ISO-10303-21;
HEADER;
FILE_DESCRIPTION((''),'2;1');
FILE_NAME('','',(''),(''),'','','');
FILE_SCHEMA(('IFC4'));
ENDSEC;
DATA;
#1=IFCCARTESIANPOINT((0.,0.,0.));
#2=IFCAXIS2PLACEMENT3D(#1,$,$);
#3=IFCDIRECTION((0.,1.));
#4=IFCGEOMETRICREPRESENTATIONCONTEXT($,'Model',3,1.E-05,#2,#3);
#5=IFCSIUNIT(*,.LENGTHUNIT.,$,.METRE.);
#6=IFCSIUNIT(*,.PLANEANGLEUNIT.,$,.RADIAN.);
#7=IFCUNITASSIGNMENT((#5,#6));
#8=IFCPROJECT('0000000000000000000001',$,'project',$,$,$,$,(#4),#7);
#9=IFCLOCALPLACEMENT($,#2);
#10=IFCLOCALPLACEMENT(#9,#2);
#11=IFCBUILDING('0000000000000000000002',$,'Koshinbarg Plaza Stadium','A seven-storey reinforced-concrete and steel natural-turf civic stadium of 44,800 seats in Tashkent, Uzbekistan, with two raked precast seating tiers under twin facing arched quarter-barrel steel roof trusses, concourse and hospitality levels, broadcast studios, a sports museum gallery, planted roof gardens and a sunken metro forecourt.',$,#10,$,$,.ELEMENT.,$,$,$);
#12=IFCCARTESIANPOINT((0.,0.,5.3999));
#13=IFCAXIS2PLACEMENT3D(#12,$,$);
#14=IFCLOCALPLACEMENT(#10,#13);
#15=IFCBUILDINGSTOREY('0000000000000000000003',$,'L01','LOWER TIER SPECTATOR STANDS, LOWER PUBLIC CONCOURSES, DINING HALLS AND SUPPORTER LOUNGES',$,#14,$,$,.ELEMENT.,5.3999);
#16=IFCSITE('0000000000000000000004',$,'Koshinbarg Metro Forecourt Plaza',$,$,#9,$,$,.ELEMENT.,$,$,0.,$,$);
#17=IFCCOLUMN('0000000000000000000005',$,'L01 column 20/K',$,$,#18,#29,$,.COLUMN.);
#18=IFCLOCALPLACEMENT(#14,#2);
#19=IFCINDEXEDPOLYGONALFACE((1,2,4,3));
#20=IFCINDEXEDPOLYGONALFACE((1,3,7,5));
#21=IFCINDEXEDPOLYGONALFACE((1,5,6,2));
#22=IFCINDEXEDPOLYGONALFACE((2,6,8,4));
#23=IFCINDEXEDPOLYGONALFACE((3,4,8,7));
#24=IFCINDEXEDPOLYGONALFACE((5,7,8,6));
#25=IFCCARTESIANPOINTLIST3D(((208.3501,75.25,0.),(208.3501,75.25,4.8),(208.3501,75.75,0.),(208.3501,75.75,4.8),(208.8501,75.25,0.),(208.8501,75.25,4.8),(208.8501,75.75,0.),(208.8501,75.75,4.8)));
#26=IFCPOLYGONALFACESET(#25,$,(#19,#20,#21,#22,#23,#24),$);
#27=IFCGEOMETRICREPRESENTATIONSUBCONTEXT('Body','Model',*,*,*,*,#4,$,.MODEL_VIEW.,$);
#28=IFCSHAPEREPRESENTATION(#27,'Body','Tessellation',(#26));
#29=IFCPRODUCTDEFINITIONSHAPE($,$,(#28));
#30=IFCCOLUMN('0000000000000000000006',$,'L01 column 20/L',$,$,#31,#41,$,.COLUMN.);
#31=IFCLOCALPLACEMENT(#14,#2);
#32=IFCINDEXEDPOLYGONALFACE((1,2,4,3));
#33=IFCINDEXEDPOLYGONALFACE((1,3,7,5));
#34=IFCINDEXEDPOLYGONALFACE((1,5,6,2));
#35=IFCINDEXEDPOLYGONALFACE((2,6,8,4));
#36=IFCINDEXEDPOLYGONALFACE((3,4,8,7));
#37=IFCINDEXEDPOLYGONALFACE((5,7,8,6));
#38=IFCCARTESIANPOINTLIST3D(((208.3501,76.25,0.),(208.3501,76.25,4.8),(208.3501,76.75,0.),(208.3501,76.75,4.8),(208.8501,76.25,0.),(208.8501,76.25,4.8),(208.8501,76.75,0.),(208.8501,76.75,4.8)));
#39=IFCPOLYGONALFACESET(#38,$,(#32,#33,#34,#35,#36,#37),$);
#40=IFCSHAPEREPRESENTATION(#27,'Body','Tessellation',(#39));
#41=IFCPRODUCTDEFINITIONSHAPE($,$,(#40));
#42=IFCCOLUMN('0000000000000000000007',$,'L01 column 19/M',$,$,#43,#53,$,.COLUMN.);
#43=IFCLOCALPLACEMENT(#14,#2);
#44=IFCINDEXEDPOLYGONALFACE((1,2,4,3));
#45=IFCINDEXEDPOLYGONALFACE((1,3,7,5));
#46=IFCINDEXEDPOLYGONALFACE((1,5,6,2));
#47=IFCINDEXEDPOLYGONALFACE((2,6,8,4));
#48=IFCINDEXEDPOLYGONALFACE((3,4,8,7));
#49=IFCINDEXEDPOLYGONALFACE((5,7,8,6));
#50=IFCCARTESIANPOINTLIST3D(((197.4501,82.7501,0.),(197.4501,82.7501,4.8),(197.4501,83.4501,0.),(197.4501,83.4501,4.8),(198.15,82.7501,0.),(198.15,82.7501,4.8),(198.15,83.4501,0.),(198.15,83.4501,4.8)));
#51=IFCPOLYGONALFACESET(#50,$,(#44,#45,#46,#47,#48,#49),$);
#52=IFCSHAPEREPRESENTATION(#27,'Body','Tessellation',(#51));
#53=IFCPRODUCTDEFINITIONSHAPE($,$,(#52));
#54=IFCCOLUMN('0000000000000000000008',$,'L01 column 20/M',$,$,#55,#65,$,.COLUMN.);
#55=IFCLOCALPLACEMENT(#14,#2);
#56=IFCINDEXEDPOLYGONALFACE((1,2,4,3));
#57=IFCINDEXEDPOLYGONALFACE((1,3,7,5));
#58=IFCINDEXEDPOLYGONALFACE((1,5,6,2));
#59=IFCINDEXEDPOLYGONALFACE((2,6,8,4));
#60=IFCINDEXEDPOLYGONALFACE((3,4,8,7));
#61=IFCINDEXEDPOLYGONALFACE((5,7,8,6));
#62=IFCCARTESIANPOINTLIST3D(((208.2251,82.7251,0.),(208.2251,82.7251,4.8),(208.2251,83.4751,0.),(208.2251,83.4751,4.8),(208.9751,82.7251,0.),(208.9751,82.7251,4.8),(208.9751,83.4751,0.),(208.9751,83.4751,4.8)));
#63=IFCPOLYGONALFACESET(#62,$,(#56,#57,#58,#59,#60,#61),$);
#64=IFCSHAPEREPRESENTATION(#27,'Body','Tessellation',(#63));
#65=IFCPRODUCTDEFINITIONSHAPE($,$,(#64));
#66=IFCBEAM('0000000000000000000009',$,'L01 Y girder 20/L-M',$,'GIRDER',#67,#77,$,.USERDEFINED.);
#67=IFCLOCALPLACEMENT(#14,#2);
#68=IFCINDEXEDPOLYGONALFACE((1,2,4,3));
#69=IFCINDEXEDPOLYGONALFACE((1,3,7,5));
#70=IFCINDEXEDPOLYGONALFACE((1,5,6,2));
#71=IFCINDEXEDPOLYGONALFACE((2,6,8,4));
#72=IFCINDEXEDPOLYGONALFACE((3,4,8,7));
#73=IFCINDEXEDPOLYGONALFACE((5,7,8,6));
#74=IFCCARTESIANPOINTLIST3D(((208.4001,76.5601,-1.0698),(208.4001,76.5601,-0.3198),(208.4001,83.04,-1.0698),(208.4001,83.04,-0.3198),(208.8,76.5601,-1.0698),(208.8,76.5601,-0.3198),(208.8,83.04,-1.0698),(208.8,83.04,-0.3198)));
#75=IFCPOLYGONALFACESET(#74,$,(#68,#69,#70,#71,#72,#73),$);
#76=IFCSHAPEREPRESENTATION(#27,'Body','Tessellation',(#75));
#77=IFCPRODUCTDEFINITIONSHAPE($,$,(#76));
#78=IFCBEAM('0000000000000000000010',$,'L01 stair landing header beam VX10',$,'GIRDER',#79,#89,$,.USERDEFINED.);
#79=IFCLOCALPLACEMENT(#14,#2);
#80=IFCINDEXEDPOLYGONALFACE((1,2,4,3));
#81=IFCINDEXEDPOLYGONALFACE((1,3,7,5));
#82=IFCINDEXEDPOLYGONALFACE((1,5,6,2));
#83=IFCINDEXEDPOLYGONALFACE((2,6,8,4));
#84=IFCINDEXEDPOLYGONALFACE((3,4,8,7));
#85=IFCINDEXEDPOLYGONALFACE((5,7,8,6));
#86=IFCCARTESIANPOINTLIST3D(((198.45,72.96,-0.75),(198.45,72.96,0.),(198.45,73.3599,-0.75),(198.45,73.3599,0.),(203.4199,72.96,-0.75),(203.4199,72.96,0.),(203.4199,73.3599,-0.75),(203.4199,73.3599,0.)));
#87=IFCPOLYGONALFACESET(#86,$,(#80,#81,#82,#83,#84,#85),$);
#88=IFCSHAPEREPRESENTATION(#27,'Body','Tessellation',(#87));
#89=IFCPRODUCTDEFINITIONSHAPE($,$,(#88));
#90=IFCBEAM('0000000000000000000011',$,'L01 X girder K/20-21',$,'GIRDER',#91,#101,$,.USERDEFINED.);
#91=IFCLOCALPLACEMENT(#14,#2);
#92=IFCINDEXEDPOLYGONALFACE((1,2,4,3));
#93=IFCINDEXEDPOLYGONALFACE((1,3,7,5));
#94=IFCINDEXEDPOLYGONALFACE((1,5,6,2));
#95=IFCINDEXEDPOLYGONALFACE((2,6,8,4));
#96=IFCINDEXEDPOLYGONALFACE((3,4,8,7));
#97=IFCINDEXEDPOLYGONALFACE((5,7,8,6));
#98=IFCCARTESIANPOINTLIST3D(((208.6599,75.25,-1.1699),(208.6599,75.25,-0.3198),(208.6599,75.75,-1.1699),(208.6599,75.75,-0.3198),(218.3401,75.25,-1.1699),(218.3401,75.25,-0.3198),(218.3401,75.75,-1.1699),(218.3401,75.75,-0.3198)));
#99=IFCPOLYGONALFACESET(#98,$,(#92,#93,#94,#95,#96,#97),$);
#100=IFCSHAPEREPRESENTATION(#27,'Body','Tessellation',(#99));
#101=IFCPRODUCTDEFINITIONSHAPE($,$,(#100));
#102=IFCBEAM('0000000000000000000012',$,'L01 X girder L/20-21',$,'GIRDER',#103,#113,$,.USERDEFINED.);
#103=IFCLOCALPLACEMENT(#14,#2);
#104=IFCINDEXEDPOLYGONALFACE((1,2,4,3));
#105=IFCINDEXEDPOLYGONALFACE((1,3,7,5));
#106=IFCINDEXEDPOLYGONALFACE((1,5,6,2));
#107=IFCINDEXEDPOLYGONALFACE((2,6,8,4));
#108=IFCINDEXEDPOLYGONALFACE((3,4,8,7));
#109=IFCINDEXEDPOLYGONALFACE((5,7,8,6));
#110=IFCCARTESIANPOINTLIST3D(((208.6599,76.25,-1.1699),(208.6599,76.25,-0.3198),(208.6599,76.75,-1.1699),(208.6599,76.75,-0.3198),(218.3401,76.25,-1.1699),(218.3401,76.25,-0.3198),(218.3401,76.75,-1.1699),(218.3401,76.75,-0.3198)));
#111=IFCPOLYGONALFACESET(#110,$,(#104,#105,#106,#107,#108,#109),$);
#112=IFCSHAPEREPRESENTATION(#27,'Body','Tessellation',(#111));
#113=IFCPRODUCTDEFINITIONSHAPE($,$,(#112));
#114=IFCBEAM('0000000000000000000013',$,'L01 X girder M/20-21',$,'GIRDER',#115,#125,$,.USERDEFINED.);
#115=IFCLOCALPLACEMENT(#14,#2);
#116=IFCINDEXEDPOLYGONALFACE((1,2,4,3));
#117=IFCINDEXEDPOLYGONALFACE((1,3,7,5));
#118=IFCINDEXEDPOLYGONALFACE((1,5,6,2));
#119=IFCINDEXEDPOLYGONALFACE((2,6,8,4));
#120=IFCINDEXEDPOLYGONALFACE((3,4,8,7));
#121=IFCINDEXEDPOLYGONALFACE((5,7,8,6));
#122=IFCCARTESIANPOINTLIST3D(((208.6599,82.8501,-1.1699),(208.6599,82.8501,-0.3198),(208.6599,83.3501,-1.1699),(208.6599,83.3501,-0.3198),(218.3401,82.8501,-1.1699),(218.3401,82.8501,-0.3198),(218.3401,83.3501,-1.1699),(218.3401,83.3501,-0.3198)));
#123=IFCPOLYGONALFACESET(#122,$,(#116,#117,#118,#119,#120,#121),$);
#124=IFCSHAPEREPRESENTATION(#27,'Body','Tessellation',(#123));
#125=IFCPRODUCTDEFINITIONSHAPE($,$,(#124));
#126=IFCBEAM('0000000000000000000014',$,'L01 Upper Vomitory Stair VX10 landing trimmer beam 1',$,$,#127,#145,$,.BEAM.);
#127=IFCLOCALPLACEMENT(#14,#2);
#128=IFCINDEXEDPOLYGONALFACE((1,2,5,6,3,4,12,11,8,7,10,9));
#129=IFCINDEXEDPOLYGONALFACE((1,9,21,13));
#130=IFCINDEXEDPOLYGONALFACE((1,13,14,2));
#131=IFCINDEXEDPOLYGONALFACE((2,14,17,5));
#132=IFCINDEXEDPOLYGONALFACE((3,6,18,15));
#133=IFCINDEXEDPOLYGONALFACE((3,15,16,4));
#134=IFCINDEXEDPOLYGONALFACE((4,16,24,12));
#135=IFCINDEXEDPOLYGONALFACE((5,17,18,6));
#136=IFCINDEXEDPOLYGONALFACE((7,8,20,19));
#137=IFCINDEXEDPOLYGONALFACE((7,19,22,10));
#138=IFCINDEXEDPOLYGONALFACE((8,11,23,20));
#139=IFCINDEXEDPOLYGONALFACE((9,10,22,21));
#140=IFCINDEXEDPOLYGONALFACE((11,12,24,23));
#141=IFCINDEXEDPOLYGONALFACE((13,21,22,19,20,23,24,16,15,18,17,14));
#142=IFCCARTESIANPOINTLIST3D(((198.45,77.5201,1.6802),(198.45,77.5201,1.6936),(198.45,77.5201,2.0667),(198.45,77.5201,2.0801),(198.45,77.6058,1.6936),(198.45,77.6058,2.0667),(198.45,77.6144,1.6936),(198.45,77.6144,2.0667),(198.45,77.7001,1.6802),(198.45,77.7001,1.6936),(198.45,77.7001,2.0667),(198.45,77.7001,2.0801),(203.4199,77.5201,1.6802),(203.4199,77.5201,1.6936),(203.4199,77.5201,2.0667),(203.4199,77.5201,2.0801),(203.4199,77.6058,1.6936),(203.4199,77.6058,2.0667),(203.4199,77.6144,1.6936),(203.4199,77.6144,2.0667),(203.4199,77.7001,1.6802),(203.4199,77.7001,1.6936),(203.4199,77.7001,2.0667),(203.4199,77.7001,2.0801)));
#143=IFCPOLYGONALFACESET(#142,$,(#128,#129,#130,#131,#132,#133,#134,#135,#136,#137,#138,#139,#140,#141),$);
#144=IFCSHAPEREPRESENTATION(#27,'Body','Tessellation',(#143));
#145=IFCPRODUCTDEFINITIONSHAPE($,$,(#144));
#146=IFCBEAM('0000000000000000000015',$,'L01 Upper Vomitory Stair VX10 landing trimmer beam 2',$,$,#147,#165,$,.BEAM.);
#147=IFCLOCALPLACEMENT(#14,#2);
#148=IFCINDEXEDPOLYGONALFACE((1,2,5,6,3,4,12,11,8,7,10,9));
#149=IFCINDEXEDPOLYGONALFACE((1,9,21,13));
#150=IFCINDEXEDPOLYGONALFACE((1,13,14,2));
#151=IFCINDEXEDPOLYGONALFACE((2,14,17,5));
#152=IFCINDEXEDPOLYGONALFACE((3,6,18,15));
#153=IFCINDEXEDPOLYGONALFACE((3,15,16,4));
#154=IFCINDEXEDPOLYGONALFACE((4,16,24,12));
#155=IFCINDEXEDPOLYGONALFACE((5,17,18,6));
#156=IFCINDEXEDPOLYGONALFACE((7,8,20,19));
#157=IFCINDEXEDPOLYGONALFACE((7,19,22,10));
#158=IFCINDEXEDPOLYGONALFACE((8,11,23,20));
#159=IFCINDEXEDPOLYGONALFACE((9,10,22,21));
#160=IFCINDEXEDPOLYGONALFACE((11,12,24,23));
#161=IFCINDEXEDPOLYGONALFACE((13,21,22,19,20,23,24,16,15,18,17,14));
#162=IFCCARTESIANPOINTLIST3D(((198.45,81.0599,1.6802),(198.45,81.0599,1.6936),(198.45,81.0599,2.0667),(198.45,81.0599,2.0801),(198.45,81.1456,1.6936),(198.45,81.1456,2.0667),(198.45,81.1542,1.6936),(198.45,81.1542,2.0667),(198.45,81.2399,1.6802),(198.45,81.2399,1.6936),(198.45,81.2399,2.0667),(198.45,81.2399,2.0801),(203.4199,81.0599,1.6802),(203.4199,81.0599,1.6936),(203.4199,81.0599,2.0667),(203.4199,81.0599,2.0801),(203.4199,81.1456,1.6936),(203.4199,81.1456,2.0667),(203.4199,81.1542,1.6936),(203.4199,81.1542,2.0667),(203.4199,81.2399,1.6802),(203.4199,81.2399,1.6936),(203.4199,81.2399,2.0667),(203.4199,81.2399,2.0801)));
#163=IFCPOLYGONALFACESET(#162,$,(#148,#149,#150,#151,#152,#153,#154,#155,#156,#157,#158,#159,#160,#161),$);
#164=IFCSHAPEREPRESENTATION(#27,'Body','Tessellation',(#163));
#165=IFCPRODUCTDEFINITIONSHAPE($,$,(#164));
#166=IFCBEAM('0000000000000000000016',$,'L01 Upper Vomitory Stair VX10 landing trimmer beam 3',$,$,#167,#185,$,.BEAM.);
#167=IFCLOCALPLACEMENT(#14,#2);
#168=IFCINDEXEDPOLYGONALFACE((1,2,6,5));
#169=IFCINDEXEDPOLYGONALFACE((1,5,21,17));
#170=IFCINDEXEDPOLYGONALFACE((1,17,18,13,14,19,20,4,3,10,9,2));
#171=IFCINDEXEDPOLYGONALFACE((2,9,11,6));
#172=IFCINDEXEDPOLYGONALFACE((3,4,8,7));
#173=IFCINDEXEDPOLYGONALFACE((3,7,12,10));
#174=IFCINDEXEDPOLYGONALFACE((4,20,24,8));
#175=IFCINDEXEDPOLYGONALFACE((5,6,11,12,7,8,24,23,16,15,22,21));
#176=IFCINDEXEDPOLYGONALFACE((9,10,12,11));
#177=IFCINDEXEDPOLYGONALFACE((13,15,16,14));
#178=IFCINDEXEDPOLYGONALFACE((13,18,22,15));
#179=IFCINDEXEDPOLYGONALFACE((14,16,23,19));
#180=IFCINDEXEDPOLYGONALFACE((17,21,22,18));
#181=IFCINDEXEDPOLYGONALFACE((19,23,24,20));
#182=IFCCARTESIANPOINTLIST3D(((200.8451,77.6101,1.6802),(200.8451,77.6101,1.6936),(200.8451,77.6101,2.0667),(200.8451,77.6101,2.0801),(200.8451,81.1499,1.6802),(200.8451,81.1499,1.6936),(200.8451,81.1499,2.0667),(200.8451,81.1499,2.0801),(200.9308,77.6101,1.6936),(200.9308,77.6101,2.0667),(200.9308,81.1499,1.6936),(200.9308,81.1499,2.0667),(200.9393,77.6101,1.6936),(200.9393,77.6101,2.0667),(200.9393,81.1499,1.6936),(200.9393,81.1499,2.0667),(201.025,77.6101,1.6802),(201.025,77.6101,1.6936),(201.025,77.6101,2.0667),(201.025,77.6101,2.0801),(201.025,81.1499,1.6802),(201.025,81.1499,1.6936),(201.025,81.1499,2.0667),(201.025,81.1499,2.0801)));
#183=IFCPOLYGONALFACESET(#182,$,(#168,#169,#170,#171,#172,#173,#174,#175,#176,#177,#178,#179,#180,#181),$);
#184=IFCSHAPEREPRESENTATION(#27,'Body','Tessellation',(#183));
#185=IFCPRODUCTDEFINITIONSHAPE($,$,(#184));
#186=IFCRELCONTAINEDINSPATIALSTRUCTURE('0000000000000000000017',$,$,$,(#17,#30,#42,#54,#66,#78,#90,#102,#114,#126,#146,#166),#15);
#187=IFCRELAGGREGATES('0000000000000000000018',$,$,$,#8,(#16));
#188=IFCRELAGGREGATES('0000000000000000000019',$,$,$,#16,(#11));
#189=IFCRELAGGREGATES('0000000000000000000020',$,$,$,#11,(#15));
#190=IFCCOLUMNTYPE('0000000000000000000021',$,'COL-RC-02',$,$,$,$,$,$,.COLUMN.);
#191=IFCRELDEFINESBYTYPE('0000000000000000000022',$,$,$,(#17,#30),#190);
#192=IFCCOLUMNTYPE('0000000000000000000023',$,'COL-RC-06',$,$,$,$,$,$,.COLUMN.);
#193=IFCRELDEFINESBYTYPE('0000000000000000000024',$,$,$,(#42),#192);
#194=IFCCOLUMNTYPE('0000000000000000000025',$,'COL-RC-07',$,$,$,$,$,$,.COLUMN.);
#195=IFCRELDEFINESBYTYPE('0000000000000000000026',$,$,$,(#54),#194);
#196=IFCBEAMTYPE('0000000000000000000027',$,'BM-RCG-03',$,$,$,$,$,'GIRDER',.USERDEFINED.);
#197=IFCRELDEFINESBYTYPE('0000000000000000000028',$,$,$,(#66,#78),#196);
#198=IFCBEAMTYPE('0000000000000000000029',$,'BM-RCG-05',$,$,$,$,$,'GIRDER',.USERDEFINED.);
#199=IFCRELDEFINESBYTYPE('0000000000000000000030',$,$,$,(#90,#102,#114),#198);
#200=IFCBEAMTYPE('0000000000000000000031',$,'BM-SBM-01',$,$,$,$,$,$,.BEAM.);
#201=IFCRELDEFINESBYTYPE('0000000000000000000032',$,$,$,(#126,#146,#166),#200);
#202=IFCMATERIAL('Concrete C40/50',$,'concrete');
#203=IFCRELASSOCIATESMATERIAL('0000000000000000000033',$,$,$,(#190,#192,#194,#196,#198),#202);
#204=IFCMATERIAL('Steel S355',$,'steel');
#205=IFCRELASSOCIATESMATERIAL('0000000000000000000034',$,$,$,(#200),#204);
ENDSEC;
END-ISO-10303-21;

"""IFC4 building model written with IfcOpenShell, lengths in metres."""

from ifc_helpers import new_model, si_unit, direction, frame, origin, origin_2d, place, context, subcontext, project, spatial, rectangle, i_section, extrude, material, material_profile, profile_set, type_object, element, save


model = new_model("IFC4")

# Units and contexts
model_context = context("Model", 3, precision=1e-05, world=origin(), true_north=direction((0.0, 1.0)))
body_context = subcontext(model_context, "Body", "Model", "MODEL_VIEW")
ifc_project = project(units=[si_unit("LENGTHUNIT", "METRE"), si_unit("PLANEANGLEUNIT", "RADIAN")], contexts=[model_context])

# Site, building, storey
site_placement = place(None, origin())
site = spatial("IfcSite", under=ifc_project, at=site_placement, Name="Koshinbarg Metro Forecourt Plaza", CompositionType="ELEMENT", RefElevation=0.0)
building_placement = place(site_placement, origin())
building = spatial("IfcBuilding", under=site, at=building_placement, Name="Koshinbarg Plaza Stadium", Description="A seven-storey reinforced-concrete and steel natural-turf civic stadium of 44,800 seats in Tashkent, Uzbekistan, with two raked precast seating tiers under twin facing arched quarter-barrel steel roof trusses, concourse and hospitality levels, broadcast studios, a sports museum gallery, planted roof gardens and a sunken metro forecourt.", CompositionType="ELEMENT")
storey_placement = place(building_placement, frame((0.0, 0.0, 5.3999)))
storey = spatial("IfcBuildingStorey", under=building, at=storey_placement, Name="L01", Description="LOWER TIER SPECTATOR STANDS, LOWER PUBLIC CONCOURSES, DINING HALLS AND SUPPORTER LOUNGES", CompositionType="ELEMENT", Elevation=5.3999)

# Columns
ifc_material_1 = material(Name="Concrete C40/50", Category="concrete")
ifc_material_profile_1 = material_profile(ifc_material_1, rectangle(XDim=0.5, YDim=0.5, at=origin_2d()), Name="RC 500x500")
ifc_profile_set_1 = profile_set([ifc_material_profile_1], Name="Concrete C40/50")
column_type_1 = type_object("IfcColumnType", Name="COL-RC-02", PredefinedType="COLUMN", material=ifc_profile_set_1)
for number, where, z_axis, x_axis, name in (
    (1, (208.6001, 75.5, 0.0), (0.0, 0.0, 1.0), (1.0, 0.0, 0.0), "L01 column 20/K"),
    (2, (208.6001, 76.5, 0.0), (0.0, 0.0, 1.0), (1.0, 0.0, 0.0), "L01 column 20/L"),
):
    element("IfcColumn", number, at=place(storey_placement, frame(where, z_axis=z_axis, x_axis=x_axis)), inside=storey, type_object=column_type_1, Name=name, PredefinedType="COLUMN", context=body_context, shape_type="SweptSolid", body=[
        extrude(rectangle(XDim=0.5, YDim=0.5, at=origin_2d()), origin(), (0.0, 0.0, 1.0), 4.8),
    ])
ifc_material_profile_2 = material_profile(ifc_material_1, rectangle(XDim=0.7, YDim=0.7, at=origin_2d()), Name="RC 700x700")
ifc_profile_set_2 = profile_set([ifc_material_profile_2], Name="Concrete C40/50")
column_type_2 = type_object("IfcColumnType", Name="COL-RC-06", PredefinedType="COLUMN", material=ifc_profile_set_2)
column_1_placement = place(storey_placement, frame((197.8, 83.1001, 0.0), z_axis=(0.0, 0.0, 1.0), x_axis=(1.0, 0.0, 0.0)))
element("IfcColumn", 3, at=column_1_placement, inside=storey, type_object=column_type_2, Name="L01 column 19/M", PredefinedType="COLUMN", context=body_context, shape_type="SweptSolid", body=[
    extrude(rectangle(XDim=0.7, YDim=0.7, at=origin_2d()), origin(), (0.0, 0.0, 1.0), 4.8),
])
ifc_material_profile_3 = material_profile(ifc_material_1, rectangle(XDim=0.75, YDim=0.75, at=origin_2d()), Name="RC 750x750")
ifc_profile_set_3 = profile_set([ifc_material_profile_3], Name="Concrete C40/50")
column_type_3 = type_object("IfcColumnType", Name="COL-RC-07", PredefinedType="COLUMN", material=ifc_profile_set_3)
column_2_placement = place(storey_placement, frame((208.6001, 83.1001, 0.0), z_axis=(0.0, 0.0, 1.0), x_axis=(1.0, 0.0, 0.0)))
element("IfcColumn", 4, at=column_2_placement, inside=storey, type_object=column_type_3, Name="L01 column 20/M", PredefinedType="COLUMN", context=body_context, shape_type="SweptSolid", body=[
    extrude(rectangle(XDim=0.75, YDim=0.75, at=origin_2d()), origin(), (0.0, 0.0, 1.0), 4.8),
])

# Beams
ifc_material_profile_4 = material_profile(ifc_material_1, rectangle(XDim=0.3999, YDim=0.75, at=origin_2d()), Name="RC 400x750")
ifc_profile_set_4 = profile_set([ifc_material_profile_4], Name="Concrete C40/50")
beam_type_1 = type_object("IfcBeamType", Name="BM-RCG-03", ElementType="GIRDER", PredefinedType="USERDEFINED", material=ifc_profile_set_4)
beam_1_placement = place(storey_placement, frame((208.6001, 76.5601, -0.6948), z_axis=(0.0, 1.0, 0.0), x_axis=(-1.0, 0.0, 0.0)))
element("IfcBeam", 5, at=beam_1_placement, inside=storey, type_object=beam_type_1, Name="L01 Y girder 20/L-M", ObjectType="GIRDER", PredefinedType="USERDEFINED", context=body_context, shape_type="SweptSolid", body=[
    extrude(rectangle(XDim=0.3999, YDim=0.75, at=origin_2d()), origin(), (0.0, 0.0, 1.0), 6.48),
])
beam_2_placement = place(storey_placement, frame((198.45, 73.1599, -0.375), z_axis=(1.0, 0.0, 0.0), x_axis=(0.0, 1.0, 0.0)))
element("IfcBeam", 6, at=beam_2_placement, inside=storey, type_object=beam_type_1, Name="L01 stair landing header beam VX10", ObjectType="GIRDER", PredefinedType="USERDEFINED", context=body_context, shape_type="SweptSolid", body=[
    extrude(rectangle(XDim=0.3999, YDim=0.75, at=origin_2d()), origin(), (0.0, 0.0, 1.0), 4.97),
])
ifc_material_profile_5 = material_profile(ifc_material_1, rectangle(XDim=0.5, YDim=0.8501, at=origin_2d()), Name="RC 500x850")
ifc_profile_set_5 = profile_set([ifc_material_profile_5], Name="Concrete C40/50")
beam_type_2 = type_object("IfcBeamType", Name="BM-RCG-05", ElementType="GIRDER", PredefinedType="USERDEFINED", material=ifc_profile_set_5)
for number, where, z_axis, x_axis, name in (
    (7, (208.6599, 75.5, -0.7449), (1.0, 0.0, 0.0), (0.0, 1.0, 0.0), "L01 X girder K/20-21"),
    (8, (208.6599, 76.5, -0.7449), (1.0, 0.0, 0.0), (0.0, 1.0, 0.0), "L01 X girder L/20-21"),
    (9, (208.6599, 83.1001, -0.7449), (1.0, 0.0, 0.0), (0.0, 1.0, 0.0), "L01 X girder M/20-21"),
):
    element("IfcBeam", number, at=place(storey_placement, frame(where, z_axis=z_axis, x_axis=x_axis)), inside=storey, type_object=beam_type_2, Name=name, ObjectType="GIRDER", PredefinedType="USERDEFINED", context=body_context, shape_type="SweptSolid", body=[
        extrude(rectangle(XDim=0.5, YDim=0.8501, at=origin_2d()), origin(), (0.0, 0.0, 1.0), 9.6802),
    ])
ifc_material_2 = material(Name="Steel S355", Category="steel")
ifc_material_profile_6 = material_profile(ifc_material_2, i_section(OverallWidth=0.1799, OverallDepth=0.3999, WebThickness=0.0085, FlangeThickness=0.0134, at=origin_2d()), Name="IPE 400")
ifc_profile_set_6 = profile_set([ifc_material_profile_6], Name="Steel S355")
beam_type_3 = type_object("IfcBeamType", Name="BM-SBM-01", PredefinedType="BEAM", material=ifc_profile_set_6)
for number, where, z_axis, x_axis, name in (
    (10, (198.45, 77.6101, 1.8801), (1.0, 0.0, 0.0), (0.0, 1.0, 0.0), "L01 Upper Vomitory Stair VX10 landing trimmer beam 1"),
    (11, (198.45, 81.1499, 1.8801), (1.0, 0.0, 0.0), (0.0, 1.0, 0.0), "L01 Upper Vomitory Stair VX10 landing trimmer beam 2"),
):
    element("IfcBeam", number, at=place(storey_placement, frame(where, z_axis=z_axis, x_axis=x_axis)), inside=storey, type_object=beam_type_3, Name=name, PredefinedType="BEAM", context=body_context, shape_type="SweptSolid", body=[
        extrude(i_section(OverallWidth=0.1799, OverallDepth=0.3999, WebThickness=0.0085, FlangeThickness=0.0134, at=origin_2d()), origin(), (0.0, 0.0, 1.0), 4.97),
    ])
beam_3_placement = place(storey_placement, frame((200.9351, 77.6101, 1.8801), z_axis=(0.0, 1.0, 0.0), x_axis=(-1.0, 0.0, 0.0)))
element("IfcBeam", 12, at=beam_3_placement, inside=storey, type_object=beam_type_3, Name="L01 Upper Vomitory Stair VX10 landing trimmer beam 3", PredefinedType="BEAM", context=body_context, shape_type="SweptSolid", body=[
    extrude(i_section(OverallWidth=0.1799, OverallDepth=0.3999, WebThickness=0.0085, FlangeThickness=0.0134, at=origin_2d()), origin(), (0.0, 0.0, 1.0), 3.5398),
])

save(model, "model.ifc")
